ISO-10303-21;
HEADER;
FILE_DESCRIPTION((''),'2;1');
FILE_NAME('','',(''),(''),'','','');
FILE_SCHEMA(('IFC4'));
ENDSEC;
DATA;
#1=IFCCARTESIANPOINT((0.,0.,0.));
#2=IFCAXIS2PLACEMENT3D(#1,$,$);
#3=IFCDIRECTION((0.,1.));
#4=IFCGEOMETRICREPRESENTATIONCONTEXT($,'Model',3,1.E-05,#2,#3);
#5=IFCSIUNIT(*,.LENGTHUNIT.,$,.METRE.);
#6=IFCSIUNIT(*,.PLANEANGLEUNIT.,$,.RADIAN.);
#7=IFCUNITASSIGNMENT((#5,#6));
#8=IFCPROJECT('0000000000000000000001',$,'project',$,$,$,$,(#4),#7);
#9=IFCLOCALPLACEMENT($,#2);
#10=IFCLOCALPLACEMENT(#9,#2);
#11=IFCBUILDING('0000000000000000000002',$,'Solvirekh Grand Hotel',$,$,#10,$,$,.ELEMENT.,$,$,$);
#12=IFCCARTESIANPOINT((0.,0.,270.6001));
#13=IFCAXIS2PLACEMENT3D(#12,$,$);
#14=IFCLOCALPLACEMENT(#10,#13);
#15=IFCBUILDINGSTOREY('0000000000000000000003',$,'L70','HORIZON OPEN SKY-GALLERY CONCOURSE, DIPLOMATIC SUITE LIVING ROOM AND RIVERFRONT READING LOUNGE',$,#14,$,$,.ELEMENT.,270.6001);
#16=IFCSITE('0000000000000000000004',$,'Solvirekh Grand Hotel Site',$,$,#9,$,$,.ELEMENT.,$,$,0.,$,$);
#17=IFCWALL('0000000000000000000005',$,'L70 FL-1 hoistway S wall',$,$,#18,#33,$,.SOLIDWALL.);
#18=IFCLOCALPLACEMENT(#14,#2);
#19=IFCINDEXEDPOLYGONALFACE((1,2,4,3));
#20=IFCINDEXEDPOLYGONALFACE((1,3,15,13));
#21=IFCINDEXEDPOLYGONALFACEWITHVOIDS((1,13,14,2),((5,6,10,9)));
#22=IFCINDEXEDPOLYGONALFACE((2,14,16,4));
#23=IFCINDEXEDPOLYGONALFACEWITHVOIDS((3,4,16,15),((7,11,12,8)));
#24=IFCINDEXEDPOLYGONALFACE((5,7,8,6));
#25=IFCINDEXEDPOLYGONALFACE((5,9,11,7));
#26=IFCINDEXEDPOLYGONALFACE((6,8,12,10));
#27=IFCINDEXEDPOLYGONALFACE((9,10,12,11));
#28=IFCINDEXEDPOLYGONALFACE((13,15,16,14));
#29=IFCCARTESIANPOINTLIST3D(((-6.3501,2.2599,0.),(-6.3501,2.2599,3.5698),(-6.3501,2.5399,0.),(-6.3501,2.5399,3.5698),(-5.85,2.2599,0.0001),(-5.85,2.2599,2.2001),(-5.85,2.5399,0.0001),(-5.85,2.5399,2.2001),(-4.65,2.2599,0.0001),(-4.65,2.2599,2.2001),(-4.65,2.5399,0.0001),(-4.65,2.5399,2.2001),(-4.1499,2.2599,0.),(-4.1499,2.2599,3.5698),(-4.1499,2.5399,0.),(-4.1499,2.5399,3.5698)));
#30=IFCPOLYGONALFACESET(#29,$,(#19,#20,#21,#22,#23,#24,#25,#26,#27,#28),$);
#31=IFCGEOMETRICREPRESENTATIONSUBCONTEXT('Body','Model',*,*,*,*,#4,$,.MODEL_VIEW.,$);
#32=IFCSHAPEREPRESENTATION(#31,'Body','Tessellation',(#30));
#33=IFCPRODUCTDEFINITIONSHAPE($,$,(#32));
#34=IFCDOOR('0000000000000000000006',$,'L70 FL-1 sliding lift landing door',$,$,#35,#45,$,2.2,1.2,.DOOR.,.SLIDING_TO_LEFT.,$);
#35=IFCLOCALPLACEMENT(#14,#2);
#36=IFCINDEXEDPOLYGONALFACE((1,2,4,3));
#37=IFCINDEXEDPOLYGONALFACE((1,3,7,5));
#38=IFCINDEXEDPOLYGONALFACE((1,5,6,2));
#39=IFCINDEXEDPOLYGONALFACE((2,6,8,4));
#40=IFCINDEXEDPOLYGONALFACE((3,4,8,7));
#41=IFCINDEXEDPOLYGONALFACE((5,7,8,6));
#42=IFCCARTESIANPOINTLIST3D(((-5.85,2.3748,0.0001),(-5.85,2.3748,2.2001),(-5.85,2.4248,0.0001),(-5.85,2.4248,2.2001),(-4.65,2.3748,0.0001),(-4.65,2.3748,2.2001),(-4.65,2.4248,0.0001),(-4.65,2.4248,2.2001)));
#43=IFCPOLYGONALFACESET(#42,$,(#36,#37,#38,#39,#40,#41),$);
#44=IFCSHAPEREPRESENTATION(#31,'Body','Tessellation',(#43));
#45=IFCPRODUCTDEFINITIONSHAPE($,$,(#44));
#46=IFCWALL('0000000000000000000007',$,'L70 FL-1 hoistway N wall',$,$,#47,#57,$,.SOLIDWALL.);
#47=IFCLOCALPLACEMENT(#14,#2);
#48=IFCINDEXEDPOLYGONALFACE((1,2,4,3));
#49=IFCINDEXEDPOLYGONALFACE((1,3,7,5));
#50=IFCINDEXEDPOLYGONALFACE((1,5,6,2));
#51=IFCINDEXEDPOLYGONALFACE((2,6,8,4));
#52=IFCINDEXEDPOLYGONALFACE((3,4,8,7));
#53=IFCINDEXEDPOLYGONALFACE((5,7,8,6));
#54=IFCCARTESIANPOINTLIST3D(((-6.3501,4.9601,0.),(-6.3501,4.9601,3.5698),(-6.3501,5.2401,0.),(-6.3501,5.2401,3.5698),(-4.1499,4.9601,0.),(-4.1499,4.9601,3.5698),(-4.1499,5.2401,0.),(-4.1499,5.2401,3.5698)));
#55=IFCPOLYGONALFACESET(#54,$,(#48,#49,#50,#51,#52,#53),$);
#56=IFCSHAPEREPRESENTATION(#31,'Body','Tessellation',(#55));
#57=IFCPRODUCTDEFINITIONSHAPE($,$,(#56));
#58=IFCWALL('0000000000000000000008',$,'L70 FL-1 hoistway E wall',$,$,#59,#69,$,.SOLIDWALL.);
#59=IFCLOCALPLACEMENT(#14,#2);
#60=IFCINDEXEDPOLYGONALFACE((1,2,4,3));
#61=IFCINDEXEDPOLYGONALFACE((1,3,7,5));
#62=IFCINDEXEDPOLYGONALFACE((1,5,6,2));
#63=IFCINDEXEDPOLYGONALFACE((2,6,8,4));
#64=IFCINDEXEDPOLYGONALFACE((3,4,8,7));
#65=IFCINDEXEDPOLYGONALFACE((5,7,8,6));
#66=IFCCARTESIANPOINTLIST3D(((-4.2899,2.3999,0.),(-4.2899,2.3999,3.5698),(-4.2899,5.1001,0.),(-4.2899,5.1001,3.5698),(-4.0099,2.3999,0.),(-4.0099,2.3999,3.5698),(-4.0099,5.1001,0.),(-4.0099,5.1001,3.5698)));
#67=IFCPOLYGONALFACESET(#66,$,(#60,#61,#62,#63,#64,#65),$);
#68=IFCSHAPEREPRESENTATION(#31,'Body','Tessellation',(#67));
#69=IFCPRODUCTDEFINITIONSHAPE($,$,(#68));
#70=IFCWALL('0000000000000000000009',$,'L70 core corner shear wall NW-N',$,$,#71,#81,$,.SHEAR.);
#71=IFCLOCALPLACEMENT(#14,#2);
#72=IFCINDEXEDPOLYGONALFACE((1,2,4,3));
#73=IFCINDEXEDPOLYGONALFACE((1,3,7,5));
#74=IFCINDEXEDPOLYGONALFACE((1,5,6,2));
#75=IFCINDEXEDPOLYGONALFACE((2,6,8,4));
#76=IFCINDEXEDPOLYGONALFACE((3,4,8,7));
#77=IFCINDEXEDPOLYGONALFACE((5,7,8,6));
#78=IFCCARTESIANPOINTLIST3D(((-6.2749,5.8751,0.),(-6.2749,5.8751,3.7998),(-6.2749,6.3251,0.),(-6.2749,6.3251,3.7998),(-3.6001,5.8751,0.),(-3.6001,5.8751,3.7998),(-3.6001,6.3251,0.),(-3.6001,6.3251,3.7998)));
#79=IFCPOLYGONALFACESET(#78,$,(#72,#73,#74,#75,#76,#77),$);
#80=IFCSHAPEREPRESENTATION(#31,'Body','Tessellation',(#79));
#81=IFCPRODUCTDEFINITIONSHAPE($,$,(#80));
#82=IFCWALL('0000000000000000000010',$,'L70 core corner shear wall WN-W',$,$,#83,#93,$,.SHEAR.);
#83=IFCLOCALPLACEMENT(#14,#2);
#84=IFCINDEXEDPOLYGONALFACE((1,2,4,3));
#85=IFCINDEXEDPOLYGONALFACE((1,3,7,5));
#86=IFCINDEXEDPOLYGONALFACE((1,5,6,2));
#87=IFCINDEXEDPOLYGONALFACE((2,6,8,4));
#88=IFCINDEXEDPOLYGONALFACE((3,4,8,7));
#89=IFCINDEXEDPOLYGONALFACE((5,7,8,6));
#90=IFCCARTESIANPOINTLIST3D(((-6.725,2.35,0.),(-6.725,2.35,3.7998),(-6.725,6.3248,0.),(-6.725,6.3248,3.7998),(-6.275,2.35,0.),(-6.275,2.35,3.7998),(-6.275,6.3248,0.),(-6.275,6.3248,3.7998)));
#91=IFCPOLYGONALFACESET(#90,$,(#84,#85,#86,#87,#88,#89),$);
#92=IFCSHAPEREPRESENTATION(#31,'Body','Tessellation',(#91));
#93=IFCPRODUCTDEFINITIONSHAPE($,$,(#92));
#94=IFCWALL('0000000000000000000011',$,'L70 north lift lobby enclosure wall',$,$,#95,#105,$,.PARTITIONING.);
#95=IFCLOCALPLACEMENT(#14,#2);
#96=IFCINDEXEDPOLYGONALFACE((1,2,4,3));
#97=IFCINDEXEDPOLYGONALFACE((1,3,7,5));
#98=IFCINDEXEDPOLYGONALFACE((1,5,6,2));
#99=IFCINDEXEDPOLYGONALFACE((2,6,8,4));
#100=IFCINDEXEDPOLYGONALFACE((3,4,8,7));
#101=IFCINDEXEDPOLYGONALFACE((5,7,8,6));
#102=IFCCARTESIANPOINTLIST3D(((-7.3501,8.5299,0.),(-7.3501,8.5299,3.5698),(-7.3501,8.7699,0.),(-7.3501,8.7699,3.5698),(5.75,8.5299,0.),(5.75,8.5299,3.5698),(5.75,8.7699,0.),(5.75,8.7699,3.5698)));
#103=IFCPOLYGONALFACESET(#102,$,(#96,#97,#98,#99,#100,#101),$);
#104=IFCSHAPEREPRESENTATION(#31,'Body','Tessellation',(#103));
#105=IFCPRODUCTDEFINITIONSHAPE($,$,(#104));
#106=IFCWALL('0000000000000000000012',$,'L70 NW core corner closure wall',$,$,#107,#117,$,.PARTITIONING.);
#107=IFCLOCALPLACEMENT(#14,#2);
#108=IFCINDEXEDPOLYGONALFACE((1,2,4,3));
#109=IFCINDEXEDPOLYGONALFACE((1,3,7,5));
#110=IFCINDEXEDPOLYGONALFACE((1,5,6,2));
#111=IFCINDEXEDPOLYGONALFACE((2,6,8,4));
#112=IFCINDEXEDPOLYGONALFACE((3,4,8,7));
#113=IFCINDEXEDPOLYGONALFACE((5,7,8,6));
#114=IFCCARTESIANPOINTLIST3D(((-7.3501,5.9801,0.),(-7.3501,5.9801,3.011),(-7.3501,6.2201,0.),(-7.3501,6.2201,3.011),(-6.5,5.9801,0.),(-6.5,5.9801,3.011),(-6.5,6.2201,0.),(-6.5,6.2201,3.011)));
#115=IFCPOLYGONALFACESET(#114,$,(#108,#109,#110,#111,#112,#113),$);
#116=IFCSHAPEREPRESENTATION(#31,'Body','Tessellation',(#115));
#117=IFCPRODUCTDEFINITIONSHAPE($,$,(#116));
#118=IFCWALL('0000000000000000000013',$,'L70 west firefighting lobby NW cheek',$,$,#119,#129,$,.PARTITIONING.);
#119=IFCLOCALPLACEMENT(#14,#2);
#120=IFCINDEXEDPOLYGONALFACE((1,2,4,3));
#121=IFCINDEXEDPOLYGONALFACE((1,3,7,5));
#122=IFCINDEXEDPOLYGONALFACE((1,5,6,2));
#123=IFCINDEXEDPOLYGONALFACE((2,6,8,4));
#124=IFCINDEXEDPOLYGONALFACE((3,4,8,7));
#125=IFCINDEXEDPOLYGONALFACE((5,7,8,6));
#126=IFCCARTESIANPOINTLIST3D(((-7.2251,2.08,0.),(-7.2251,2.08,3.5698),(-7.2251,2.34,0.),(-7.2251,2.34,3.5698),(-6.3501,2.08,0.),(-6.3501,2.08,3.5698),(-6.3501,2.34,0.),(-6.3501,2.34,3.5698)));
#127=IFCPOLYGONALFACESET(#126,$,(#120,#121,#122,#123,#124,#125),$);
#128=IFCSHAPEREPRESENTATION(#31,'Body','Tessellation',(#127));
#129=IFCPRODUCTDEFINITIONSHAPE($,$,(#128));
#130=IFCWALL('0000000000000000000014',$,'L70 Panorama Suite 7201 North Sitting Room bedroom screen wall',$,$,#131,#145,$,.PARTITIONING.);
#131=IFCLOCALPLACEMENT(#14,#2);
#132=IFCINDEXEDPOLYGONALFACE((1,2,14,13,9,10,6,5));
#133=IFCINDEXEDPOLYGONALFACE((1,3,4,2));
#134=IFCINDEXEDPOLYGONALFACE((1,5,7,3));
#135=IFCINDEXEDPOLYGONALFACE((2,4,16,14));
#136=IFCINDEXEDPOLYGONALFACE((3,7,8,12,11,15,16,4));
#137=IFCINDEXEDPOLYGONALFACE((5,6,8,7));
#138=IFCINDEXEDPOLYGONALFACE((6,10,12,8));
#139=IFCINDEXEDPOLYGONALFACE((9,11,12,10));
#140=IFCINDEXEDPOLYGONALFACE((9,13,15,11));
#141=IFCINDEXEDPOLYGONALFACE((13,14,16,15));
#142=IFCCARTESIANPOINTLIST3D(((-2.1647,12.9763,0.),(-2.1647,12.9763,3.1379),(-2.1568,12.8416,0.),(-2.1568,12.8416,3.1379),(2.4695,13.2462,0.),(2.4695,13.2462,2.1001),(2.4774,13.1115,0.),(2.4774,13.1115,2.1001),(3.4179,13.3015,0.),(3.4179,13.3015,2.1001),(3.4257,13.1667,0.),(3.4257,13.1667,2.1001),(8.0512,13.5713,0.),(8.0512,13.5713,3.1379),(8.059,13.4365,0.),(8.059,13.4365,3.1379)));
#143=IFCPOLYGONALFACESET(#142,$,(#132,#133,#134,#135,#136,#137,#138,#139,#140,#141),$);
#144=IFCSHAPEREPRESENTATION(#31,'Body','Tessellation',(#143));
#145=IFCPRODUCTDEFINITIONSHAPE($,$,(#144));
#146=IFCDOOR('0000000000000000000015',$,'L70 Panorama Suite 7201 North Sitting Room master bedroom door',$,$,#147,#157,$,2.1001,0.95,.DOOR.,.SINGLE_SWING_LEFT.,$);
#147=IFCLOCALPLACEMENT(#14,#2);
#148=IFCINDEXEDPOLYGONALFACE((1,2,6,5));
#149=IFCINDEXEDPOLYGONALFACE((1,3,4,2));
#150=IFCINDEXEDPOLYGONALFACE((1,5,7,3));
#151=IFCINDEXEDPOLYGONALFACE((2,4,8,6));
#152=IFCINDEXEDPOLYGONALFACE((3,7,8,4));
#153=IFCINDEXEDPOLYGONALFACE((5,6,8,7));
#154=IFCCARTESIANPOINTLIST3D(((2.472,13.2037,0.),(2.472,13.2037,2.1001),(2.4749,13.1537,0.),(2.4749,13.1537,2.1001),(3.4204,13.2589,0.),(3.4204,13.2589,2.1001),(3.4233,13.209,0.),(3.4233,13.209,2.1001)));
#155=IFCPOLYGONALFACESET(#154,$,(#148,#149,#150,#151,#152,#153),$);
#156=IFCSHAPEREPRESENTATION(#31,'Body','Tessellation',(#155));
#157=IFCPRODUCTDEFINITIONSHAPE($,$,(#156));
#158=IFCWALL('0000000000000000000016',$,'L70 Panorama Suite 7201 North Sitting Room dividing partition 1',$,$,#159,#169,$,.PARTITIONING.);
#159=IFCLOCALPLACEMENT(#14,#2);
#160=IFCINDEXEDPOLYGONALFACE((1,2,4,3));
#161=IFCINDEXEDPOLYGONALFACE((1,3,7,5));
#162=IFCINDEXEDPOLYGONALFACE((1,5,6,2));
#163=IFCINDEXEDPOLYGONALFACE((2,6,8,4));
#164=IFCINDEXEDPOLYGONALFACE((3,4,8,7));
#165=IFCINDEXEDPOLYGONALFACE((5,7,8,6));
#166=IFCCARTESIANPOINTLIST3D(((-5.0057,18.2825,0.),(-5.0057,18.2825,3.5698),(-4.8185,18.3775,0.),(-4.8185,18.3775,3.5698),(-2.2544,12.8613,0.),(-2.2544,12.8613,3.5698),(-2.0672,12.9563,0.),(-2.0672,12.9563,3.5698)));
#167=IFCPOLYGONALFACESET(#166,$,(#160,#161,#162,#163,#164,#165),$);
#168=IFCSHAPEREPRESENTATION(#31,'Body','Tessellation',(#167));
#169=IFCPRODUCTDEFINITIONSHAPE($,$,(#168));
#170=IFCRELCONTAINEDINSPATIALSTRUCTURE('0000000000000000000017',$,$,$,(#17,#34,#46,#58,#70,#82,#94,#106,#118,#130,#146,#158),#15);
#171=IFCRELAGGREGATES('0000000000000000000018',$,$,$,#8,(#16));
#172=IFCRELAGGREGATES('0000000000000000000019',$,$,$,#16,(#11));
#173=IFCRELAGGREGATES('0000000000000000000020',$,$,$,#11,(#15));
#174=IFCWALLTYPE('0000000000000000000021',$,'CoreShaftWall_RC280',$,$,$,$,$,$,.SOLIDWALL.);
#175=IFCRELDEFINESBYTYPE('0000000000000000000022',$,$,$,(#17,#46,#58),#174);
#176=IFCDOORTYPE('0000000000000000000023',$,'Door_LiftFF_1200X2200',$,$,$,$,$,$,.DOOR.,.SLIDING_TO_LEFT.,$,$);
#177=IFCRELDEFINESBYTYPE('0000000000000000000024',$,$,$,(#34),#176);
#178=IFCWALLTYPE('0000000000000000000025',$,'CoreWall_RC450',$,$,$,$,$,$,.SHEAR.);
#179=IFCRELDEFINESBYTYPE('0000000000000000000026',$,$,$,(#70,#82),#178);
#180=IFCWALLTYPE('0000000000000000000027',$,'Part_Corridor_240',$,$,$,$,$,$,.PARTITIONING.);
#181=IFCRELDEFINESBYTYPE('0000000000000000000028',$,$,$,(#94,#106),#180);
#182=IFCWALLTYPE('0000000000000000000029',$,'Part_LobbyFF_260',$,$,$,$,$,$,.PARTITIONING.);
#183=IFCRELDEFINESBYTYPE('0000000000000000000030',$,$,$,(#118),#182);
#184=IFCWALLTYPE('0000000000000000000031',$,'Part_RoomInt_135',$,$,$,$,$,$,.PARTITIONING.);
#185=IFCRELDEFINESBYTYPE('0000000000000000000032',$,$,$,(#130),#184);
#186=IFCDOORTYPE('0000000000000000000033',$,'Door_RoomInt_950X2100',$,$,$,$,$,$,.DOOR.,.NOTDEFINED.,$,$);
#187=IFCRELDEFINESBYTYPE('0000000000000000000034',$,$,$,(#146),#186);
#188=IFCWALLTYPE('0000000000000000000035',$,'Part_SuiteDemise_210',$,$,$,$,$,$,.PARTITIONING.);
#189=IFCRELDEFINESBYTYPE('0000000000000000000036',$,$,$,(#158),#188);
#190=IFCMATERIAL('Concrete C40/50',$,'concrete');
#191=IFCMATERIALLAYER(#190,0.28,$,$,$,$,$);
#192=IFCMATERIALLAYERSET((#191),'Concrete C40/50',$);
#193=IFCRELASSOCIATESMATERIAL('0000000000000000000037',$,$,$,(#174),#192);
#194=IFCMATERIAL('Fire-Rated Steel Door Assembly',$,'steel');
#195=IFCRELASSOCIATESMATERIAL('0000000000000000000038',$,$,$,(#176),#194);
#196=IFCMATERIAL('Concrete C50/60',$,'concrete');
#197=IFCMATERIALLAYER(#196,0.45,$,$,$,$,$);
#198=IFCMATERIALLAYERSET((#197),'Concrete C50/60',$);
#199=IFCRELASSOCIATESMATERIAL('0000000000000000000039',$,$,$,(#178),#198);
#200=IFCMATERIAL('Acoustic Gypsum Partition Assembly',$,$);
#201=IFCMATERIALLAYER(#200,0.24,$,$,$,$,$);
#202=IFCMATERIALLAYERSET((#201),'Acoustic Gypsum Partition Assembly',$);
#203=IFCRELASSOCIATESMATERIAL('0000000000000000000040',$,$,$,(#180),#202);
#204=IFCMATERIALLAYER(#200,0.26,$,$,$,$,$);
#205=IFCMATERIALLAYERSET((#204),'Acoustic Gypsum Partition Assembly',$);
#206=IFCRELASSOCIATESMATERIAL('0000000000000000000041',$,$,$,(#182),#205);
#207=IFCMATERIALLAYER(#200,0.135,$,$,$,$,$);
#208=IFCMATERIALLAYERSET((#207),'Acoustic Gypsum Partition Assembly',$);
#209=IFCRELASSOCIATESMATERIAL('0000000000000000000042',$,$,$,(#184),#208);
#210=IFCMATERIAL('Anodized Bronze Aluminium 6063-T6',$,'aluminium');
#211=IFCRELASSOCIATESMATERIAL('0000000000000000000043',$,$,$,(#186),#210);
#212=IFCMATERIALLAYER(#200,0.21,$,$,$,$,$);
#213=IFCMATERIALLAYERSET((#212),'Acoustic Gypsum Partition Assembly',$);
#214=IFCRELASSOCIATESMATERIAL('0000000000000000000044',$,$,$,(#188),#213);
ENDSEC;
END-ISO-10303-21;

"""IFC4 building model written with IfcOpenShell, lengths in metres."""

from ifc_helpers import new_model, si_unit, direction, frame, frame_2d, origin, place, context, subcontext, project, spatial, rectangle, extrude, material, layer, layer_set, type_object, element, fill, save


model = new_model("IFC4")

# Units and contexts
model_context = context("Model", 3, precision=1e-05, world=origin(), true_north=direction((0.0, 1.0)))
body_context = subcontext(model_context, "Body", "Model", "MODEL_VIEW")
ifc_project = project(units=[si_unit("LENGTHUNIT", "METRE"), si_unit("PLANEANGLEUNIT", "RADIAN")], contexts=[model_context])

# Site, building, storey
site_placement = place(None, origin())
site = spatial("IfcSite", under=ifc_project, at=site_placement, Name="Solvirekh Grand Hotel Site", CompositionType="ELEMENT", RefElevation=0.0)
building_placement = place(site_placement, origin())
building = spatial("IfcBuilding", under=site, at=building_placement, Name="Solvirekh Grand Hotel", CompositionType="ELEMENT")
storey_placement = place(building_placement, frame((0.0, 0.0, 270.6001)))
storey = spatial("IfcBuildingStorey", under=building, at=storey_placement, Name="L70", Description="HORIZON OPEN SKY-GALLERY CONCOURSE, DIPLOMATIC SUITE LIVING ROOM AND RIVERFRONT READING LOUNGE", CompositionType="ELEMENT", Elevation=270.6001)

# Shared definitions
ifc_material_1 = material(Name="Concrete C50/60", Category="concrete")

# Shared definitions
ifc_material_2 = material(Name="Anodized Bronze Aluminium 6063-T6", Category="aluminium")

# Shared definitions
ifc_material_3 = material(Name="Concrete C40/50", Category="concrete")
ifc_layer_1 = layer(ifc_material_3, 0.28)
ifc_layer_set_1 = layer_set([ifc_layer_1], Name="Concrete C40/50")
wall_type_1 = type_object("IfcWallType", Name="CoreShaftWall_RC280", PredefinedType="SOLIDWALL", material=ifc_layer_set_1)
ifc_material_4 = material(Name="Fire-Rated Steel Door Assembly", Category="steel")

# Wall, opening, door
wall_1_placement = place(storey_placement, frame((-6.3501, 2.3999, 0.0), z_axis=(0.0, 0.0, 1.0), x_axis=(1.0, 0.0, 0.0)))
wall_1 = element("IfcWall", 1, at=wall_1_placement, inside=storey, type_object=wall_type_1, Name="L70 FL-1 hoistway S wall", PredefinedType="SOLIDWALL", context=body_context, shape_type="SweptSolid", body=[
    extrude(rectangle(XDim=2.2002, YDim=0.28, at=frame_2d((1.1001, 0.0))), origin(), (0.0, 0.0, 1.0), 3.5698),
])
opening_1_placement = place(wall_1_placement, frame((0.5, 0.0, 0.0)))
opening_1 = element("IfcOpeningElement", 2, at=opening_1_placement, cuts=wall_1, PredefinedType="OPENING", context=body_context, shape_type="SweptSolid", body=[
    extrude(rectangle(XDim=1.2, YDim=2.2, at=frame_2d((0.6001, 1.1001))), frame((0.0, 0.1499, 0.0), z_axis=(0.0, -1.0, 0.0), x_axis=(1.0, 0.0, 0.0)), (0.0, 0.0, 1.0), 0.3),
])
door_type_1 = type_object("IfcDoorType", Name="Door_LiftFF_1200X2200", OperationType="SLIDING_TO_LEFT", PredefinedType="DOOR", material=ifc_material_4)
door_1_placement = place(opening_1_placement, origin())
door_1 = element("IfcDoor", 3, at=door_1_placement, inside=storey, type_object=door_type_1, Name="L70 FL-1 sliding lift landing door", OperationType="SLIDING_TO_LEFT", OverallHeight=2.2, OverallWidth=1.2, PredefinedType="DOOR", context=body_context, shape_type="SweptSolid", body=[
    extrude(rectangle(XDim=1.2, YDim=2.2, at=frame_2d((0.6001, 1.1001))), frame((0.0, 0.0249, 0.0), z_axis=(0.0, -1.0, 0.0), x_axis=(1.0, 0.0, 0.0)), (0.0, 0.0, 1.0), 0.05),
])
fill(opening_1, door_1)

# Walls
wall_2_placement = place(storey_placement, frame((-4.1499, 5.1001, 0.0), z_axis=(0.0, 0.0, 1.0), x_axis=(-1.0, 0.0, 0.0)))
element("IfcWall", 4, at=wall_2_placement, inside=storey, type_object=wall_type_1, Name="L70 FL-1 hoistway N wall", PredefinedType="SOLIDWALL", context=body_context, shape_type="SweptSolid", body=[
    extrude(rectangle(XDim=2.2002, YDim=0.28, at=frame_2d((1.1001, 0.0))), origin(), (0.0, 0.0, 1.0), 3.5698),
])
wall_3_placement = place(storey_placement, frame((-4.1499, 2.3999, 0.0), z_axis=(0.0, 0.0, 1.0), x_axis=(0.0, 1.0, 0.0)))
element("IfcWall", 5, at=wall_3_placement, inside=storey, type_object=wall_type_1, Name="L70 FL-1 hoistway E wall", PredefinedType="SOLIDWALL", context=body_context, shape_type="SweptSolid", body=[
    extrude(rectangle(XDim=2.7002, YDim=0.28, at=frame_2d((1.3501, 0.0))), origin(), (0.0, 0.0, 1.0), 3.5698),
])
ifc_layer_2 = layer(ifc_material_1, 0.45)
ifc_layer_set_2 = layer_set([ifc_layer_2], Name="Concrete C50/60")
wall_type_2 = type_object("IfcWallType", Name="CoreWall_RC450", PredefinedType="SHEAR", material=ifc_layer_set_2)
wall_4_placement = place(storey_placement, frame((-6.2749, 6.1001, 0.0), z_axis=(0.0, 0.0, 1.0), x_axis=(1.0, 0.0, 0.0)))
element("IfcWall", 6, at=wall_4_placement, inside=storey, type_object=wall_type_2, Name="L70 core corner shear wall NW-N", PredefinedType="SHEAR", context=body_context, shape_type="SweptSolid", body=[
    extrude(rectangle(XDim=2.6748, YDim=0.45, at=frame_2d((1.3374, 0.0))), origin(), (0.0, 0.0, 1.0), 3.7998),
])
wall_5_placement = place(storey_placement, frame((-6.5, 2.3501, 0.0), z_axis=(0.0, 0.0, 1.0), x_axis=(0.0, 1.0, 0.0)))
element("IfcWall", 7, at=wall_5_placement, inside=storey, type_object=wall_type_2, Name="L70 core corner shear wall WN-W", PredefinedType="SHEAR", context=body_context, shape_type="SweptSolid", body=[
    extrude(rectangle(XDim=3.9749, YDim=0.45, at=frame_2d((1.9873, 0.0))), origin(), (0.0, 0.0, 1.0), 3.7998),
])
ifc_material_5 = material(Name="Acoustic Gypsum Partition Assembly")
ifc_layer_3 = layer(ifc_material_5, 0.24)
ifc_layer_set_3 = layer_set([ifc_layer_3], Name="Acoustic Gypsum Partition Assembly")
wall_type_3 = type_object("IfcWallType", Name="Part_Corridor_240", PredefinedType="PARTITIONING", material=ifc_layer_set_3)
wall_6_placement = place(storey_placement, frame((-7.3501, 8.6499, 0.0), z_axis=(0.0, 0.0, 1.0), x_axis=(1.0, 0.0, 0.0)))
element("IfcWall", 8, at=wall_6_placement, inside=storey, type_object=wall_type_3, Name="L70 north lift lobby enclosure wall", PredefinedType="PARTITIONING", context=body_context, shape_type="SweptSolid", body=[
    extrude(rectangle(XDim=13.1001, YDim=0.24, at=frame_2d((6.55, 0.0))), origin(), (0.0, 0.0, 1.0), 3.5698),
])
wall_7_placement = place(storey_placement, frame((-7.3501, 6.1001, 0.0), z_axis=(0.0, 0.0, 1.0), x_axis=(1.0, 0.0, 0.0)))
element("IfcWall", 9, at=wall_7_placement, inside=storey, type_object=wall_type_3, Name="L70 NW core corner closure wall", PredefinedType="PARTITIONING", context=body_context, shape_type="SweptSolid", body=[
    extrude(rectangle(XDim=0.8501, YDim=0.24, at=frame_2d((0.425, 0.0))), origin(), (0.0, 0.0, 1.0), 3.011),
])
ifc_layer_4 = layer(ifc_material_5, 0.26)
ifc_layer_set_4 = layer_set([ifc_layer_4], Name="Acoustic Gypsum Partition Assembly")
wall_type_4 = type_object("IfcWallType", Name="Part_LobbyFF_260", PredefinedType="PARTITIONING", material=ifc_layer_set_4)
wall_8_placement = place(storey_placement, frame((-7.2251, 2.21, 0.0), z_axis=(0.0, 0.0, 1.0), x_axis=(1.0, 0.0, 0.0)))
element("IfcWall", 10, at=wall_8_placement, inside=storey, type_object=wall_type_4, Name="L70 west firefighting lobby NW cheek", PredefinedType="PARTITIONING", context=body_context, shape_type="SweptSolid", body=[
    extrude(rectangle(XDim=0.875, YDim=0.26, at=frame_2d((0.4375, 0.0))), origin(), (0.0, 0.0, 1.0), 3.5698),
])

# Wall, opening, door
ifc_layer_5 = layer(ifc_material_5, 0.135)
ifc_layer_set_5 = layer_set([ifc_layer_5], Name="Acoustic Gypsum Partition Assembly")
wall_type_5 = type_object("IfcWallType", Name="Part_RoomInt_135", PredefinedType="PARTITIONING", material=ifc_layer_set_5)
wall_9_placement = place(storey_placement, frame((-2.1609, 12.9089, 0.0), z_axis=(0.0, 0.0, 1.0), x_axis=(0.998308, 0.058142, 0.0)))
wall_9 = element("IfcWall", 11, at=wall_9_placement, inside=storey, type_object=wall_type_5, Name="L70 Panorama Suite 7201 North Sitting Room bedroom screen wall", PredefinedType="PARTITIONING", context=body_context, shape_type="SweptSolid", body=[
    extrude(rectangle(XDim=10.2332, YDim=0.135, at=frame_2d((5.1167, 0.0))), origin(), (0.0, 0.0, 1.0), 3.1379),
])
opening_2_placement = place(wall_9_placement, frame((4.6421, 0.0, 0.0)))
opening_2 = element("IfcOpeningElement", 12, at=opening_2_placement, cuts=wall_9, PredefinedType="OPENING", context=body_context, shape_type="SweptSolid", body=[
    extrude(rectangle(XDim=0.95, YDim=2.1001, at=frame_2d((0.4751, 1.05))), frame((0.0, 0.0776, 0.0), z_axis=(0.0, -1.0, 0.0), x_axis=(1.0, 0.0, 0.0)), (0.0, 0.0, 1.0), 0.155),
])
door_type_2 = type_object("IfcDoorType", Name="Door_RoomInt_950X2100", OperationType="NOTDEFINED", PredefinedType="DOOR", material=ifc_material_2)
door_2_placement = place(opening_2_placement, origin())
door_2 = element("IfcDoor", 13, at=door_2_placement, inside=storey, type_object=door_type_2, Name="L70 Panorama Suite 7201 North Sitting Room master bedroom door", OperationType="SINGLE_SWING_LEFT", OverallHeight=2.1001, OverallWidth=0.95, PredefinedType="DOOR", context=body_context, shape_type="SweptSolid", body=[
    extrude(rectangle(XDim=0.95, YDim=2.1001, at=frame_2d((0.4751, 1.05))), frame((0.0, 0.0249, 0.0), z_axis=(0.0, -1.0, 0.0), x_axis=(1.0, 0.0, 0.0)), (0.0, 0.0, 1.0), 0.05),
])
fill(opening_2, door_2)

# Wall
ifc_layer_6 = layer(ifc_material_5, 0.21)
ifc_layer_set_6 = layer_set([ifc_layer_6], Name="Acoustic Gypsum Partition Assembly")
wall_type_6 = type_object("IfcWallType", Name="Part_SuiteDemise_210", PredefinedType="PARTITIONING", material=ifc_layer_set_6)
wall_10_placement = place(storey_placement, frame((-2.1609, 12.9089, 0.0), z_axis=(0.0, 0.0, 1.0), x_axis=(-0.452555, 0.891737, 0.0)))
element("IfcWall", 14, at=wall_10_placement, inside=storey, type_object=wall_type_6, Name="L70 Panorama Suite 7201 North Sitting Room dividing partition 1", PredefinedType="PARTITIONING", context=body_context, shape_type="SweptSolid", body=[
    extrude(rectangle(XDim=6.0793, YDim=0.21, at=frame_2d((3.0396, 0.0))), origin(), (0.0, 0.0, 1.0), 3.5698),
])

save(model, "model.ifc")
